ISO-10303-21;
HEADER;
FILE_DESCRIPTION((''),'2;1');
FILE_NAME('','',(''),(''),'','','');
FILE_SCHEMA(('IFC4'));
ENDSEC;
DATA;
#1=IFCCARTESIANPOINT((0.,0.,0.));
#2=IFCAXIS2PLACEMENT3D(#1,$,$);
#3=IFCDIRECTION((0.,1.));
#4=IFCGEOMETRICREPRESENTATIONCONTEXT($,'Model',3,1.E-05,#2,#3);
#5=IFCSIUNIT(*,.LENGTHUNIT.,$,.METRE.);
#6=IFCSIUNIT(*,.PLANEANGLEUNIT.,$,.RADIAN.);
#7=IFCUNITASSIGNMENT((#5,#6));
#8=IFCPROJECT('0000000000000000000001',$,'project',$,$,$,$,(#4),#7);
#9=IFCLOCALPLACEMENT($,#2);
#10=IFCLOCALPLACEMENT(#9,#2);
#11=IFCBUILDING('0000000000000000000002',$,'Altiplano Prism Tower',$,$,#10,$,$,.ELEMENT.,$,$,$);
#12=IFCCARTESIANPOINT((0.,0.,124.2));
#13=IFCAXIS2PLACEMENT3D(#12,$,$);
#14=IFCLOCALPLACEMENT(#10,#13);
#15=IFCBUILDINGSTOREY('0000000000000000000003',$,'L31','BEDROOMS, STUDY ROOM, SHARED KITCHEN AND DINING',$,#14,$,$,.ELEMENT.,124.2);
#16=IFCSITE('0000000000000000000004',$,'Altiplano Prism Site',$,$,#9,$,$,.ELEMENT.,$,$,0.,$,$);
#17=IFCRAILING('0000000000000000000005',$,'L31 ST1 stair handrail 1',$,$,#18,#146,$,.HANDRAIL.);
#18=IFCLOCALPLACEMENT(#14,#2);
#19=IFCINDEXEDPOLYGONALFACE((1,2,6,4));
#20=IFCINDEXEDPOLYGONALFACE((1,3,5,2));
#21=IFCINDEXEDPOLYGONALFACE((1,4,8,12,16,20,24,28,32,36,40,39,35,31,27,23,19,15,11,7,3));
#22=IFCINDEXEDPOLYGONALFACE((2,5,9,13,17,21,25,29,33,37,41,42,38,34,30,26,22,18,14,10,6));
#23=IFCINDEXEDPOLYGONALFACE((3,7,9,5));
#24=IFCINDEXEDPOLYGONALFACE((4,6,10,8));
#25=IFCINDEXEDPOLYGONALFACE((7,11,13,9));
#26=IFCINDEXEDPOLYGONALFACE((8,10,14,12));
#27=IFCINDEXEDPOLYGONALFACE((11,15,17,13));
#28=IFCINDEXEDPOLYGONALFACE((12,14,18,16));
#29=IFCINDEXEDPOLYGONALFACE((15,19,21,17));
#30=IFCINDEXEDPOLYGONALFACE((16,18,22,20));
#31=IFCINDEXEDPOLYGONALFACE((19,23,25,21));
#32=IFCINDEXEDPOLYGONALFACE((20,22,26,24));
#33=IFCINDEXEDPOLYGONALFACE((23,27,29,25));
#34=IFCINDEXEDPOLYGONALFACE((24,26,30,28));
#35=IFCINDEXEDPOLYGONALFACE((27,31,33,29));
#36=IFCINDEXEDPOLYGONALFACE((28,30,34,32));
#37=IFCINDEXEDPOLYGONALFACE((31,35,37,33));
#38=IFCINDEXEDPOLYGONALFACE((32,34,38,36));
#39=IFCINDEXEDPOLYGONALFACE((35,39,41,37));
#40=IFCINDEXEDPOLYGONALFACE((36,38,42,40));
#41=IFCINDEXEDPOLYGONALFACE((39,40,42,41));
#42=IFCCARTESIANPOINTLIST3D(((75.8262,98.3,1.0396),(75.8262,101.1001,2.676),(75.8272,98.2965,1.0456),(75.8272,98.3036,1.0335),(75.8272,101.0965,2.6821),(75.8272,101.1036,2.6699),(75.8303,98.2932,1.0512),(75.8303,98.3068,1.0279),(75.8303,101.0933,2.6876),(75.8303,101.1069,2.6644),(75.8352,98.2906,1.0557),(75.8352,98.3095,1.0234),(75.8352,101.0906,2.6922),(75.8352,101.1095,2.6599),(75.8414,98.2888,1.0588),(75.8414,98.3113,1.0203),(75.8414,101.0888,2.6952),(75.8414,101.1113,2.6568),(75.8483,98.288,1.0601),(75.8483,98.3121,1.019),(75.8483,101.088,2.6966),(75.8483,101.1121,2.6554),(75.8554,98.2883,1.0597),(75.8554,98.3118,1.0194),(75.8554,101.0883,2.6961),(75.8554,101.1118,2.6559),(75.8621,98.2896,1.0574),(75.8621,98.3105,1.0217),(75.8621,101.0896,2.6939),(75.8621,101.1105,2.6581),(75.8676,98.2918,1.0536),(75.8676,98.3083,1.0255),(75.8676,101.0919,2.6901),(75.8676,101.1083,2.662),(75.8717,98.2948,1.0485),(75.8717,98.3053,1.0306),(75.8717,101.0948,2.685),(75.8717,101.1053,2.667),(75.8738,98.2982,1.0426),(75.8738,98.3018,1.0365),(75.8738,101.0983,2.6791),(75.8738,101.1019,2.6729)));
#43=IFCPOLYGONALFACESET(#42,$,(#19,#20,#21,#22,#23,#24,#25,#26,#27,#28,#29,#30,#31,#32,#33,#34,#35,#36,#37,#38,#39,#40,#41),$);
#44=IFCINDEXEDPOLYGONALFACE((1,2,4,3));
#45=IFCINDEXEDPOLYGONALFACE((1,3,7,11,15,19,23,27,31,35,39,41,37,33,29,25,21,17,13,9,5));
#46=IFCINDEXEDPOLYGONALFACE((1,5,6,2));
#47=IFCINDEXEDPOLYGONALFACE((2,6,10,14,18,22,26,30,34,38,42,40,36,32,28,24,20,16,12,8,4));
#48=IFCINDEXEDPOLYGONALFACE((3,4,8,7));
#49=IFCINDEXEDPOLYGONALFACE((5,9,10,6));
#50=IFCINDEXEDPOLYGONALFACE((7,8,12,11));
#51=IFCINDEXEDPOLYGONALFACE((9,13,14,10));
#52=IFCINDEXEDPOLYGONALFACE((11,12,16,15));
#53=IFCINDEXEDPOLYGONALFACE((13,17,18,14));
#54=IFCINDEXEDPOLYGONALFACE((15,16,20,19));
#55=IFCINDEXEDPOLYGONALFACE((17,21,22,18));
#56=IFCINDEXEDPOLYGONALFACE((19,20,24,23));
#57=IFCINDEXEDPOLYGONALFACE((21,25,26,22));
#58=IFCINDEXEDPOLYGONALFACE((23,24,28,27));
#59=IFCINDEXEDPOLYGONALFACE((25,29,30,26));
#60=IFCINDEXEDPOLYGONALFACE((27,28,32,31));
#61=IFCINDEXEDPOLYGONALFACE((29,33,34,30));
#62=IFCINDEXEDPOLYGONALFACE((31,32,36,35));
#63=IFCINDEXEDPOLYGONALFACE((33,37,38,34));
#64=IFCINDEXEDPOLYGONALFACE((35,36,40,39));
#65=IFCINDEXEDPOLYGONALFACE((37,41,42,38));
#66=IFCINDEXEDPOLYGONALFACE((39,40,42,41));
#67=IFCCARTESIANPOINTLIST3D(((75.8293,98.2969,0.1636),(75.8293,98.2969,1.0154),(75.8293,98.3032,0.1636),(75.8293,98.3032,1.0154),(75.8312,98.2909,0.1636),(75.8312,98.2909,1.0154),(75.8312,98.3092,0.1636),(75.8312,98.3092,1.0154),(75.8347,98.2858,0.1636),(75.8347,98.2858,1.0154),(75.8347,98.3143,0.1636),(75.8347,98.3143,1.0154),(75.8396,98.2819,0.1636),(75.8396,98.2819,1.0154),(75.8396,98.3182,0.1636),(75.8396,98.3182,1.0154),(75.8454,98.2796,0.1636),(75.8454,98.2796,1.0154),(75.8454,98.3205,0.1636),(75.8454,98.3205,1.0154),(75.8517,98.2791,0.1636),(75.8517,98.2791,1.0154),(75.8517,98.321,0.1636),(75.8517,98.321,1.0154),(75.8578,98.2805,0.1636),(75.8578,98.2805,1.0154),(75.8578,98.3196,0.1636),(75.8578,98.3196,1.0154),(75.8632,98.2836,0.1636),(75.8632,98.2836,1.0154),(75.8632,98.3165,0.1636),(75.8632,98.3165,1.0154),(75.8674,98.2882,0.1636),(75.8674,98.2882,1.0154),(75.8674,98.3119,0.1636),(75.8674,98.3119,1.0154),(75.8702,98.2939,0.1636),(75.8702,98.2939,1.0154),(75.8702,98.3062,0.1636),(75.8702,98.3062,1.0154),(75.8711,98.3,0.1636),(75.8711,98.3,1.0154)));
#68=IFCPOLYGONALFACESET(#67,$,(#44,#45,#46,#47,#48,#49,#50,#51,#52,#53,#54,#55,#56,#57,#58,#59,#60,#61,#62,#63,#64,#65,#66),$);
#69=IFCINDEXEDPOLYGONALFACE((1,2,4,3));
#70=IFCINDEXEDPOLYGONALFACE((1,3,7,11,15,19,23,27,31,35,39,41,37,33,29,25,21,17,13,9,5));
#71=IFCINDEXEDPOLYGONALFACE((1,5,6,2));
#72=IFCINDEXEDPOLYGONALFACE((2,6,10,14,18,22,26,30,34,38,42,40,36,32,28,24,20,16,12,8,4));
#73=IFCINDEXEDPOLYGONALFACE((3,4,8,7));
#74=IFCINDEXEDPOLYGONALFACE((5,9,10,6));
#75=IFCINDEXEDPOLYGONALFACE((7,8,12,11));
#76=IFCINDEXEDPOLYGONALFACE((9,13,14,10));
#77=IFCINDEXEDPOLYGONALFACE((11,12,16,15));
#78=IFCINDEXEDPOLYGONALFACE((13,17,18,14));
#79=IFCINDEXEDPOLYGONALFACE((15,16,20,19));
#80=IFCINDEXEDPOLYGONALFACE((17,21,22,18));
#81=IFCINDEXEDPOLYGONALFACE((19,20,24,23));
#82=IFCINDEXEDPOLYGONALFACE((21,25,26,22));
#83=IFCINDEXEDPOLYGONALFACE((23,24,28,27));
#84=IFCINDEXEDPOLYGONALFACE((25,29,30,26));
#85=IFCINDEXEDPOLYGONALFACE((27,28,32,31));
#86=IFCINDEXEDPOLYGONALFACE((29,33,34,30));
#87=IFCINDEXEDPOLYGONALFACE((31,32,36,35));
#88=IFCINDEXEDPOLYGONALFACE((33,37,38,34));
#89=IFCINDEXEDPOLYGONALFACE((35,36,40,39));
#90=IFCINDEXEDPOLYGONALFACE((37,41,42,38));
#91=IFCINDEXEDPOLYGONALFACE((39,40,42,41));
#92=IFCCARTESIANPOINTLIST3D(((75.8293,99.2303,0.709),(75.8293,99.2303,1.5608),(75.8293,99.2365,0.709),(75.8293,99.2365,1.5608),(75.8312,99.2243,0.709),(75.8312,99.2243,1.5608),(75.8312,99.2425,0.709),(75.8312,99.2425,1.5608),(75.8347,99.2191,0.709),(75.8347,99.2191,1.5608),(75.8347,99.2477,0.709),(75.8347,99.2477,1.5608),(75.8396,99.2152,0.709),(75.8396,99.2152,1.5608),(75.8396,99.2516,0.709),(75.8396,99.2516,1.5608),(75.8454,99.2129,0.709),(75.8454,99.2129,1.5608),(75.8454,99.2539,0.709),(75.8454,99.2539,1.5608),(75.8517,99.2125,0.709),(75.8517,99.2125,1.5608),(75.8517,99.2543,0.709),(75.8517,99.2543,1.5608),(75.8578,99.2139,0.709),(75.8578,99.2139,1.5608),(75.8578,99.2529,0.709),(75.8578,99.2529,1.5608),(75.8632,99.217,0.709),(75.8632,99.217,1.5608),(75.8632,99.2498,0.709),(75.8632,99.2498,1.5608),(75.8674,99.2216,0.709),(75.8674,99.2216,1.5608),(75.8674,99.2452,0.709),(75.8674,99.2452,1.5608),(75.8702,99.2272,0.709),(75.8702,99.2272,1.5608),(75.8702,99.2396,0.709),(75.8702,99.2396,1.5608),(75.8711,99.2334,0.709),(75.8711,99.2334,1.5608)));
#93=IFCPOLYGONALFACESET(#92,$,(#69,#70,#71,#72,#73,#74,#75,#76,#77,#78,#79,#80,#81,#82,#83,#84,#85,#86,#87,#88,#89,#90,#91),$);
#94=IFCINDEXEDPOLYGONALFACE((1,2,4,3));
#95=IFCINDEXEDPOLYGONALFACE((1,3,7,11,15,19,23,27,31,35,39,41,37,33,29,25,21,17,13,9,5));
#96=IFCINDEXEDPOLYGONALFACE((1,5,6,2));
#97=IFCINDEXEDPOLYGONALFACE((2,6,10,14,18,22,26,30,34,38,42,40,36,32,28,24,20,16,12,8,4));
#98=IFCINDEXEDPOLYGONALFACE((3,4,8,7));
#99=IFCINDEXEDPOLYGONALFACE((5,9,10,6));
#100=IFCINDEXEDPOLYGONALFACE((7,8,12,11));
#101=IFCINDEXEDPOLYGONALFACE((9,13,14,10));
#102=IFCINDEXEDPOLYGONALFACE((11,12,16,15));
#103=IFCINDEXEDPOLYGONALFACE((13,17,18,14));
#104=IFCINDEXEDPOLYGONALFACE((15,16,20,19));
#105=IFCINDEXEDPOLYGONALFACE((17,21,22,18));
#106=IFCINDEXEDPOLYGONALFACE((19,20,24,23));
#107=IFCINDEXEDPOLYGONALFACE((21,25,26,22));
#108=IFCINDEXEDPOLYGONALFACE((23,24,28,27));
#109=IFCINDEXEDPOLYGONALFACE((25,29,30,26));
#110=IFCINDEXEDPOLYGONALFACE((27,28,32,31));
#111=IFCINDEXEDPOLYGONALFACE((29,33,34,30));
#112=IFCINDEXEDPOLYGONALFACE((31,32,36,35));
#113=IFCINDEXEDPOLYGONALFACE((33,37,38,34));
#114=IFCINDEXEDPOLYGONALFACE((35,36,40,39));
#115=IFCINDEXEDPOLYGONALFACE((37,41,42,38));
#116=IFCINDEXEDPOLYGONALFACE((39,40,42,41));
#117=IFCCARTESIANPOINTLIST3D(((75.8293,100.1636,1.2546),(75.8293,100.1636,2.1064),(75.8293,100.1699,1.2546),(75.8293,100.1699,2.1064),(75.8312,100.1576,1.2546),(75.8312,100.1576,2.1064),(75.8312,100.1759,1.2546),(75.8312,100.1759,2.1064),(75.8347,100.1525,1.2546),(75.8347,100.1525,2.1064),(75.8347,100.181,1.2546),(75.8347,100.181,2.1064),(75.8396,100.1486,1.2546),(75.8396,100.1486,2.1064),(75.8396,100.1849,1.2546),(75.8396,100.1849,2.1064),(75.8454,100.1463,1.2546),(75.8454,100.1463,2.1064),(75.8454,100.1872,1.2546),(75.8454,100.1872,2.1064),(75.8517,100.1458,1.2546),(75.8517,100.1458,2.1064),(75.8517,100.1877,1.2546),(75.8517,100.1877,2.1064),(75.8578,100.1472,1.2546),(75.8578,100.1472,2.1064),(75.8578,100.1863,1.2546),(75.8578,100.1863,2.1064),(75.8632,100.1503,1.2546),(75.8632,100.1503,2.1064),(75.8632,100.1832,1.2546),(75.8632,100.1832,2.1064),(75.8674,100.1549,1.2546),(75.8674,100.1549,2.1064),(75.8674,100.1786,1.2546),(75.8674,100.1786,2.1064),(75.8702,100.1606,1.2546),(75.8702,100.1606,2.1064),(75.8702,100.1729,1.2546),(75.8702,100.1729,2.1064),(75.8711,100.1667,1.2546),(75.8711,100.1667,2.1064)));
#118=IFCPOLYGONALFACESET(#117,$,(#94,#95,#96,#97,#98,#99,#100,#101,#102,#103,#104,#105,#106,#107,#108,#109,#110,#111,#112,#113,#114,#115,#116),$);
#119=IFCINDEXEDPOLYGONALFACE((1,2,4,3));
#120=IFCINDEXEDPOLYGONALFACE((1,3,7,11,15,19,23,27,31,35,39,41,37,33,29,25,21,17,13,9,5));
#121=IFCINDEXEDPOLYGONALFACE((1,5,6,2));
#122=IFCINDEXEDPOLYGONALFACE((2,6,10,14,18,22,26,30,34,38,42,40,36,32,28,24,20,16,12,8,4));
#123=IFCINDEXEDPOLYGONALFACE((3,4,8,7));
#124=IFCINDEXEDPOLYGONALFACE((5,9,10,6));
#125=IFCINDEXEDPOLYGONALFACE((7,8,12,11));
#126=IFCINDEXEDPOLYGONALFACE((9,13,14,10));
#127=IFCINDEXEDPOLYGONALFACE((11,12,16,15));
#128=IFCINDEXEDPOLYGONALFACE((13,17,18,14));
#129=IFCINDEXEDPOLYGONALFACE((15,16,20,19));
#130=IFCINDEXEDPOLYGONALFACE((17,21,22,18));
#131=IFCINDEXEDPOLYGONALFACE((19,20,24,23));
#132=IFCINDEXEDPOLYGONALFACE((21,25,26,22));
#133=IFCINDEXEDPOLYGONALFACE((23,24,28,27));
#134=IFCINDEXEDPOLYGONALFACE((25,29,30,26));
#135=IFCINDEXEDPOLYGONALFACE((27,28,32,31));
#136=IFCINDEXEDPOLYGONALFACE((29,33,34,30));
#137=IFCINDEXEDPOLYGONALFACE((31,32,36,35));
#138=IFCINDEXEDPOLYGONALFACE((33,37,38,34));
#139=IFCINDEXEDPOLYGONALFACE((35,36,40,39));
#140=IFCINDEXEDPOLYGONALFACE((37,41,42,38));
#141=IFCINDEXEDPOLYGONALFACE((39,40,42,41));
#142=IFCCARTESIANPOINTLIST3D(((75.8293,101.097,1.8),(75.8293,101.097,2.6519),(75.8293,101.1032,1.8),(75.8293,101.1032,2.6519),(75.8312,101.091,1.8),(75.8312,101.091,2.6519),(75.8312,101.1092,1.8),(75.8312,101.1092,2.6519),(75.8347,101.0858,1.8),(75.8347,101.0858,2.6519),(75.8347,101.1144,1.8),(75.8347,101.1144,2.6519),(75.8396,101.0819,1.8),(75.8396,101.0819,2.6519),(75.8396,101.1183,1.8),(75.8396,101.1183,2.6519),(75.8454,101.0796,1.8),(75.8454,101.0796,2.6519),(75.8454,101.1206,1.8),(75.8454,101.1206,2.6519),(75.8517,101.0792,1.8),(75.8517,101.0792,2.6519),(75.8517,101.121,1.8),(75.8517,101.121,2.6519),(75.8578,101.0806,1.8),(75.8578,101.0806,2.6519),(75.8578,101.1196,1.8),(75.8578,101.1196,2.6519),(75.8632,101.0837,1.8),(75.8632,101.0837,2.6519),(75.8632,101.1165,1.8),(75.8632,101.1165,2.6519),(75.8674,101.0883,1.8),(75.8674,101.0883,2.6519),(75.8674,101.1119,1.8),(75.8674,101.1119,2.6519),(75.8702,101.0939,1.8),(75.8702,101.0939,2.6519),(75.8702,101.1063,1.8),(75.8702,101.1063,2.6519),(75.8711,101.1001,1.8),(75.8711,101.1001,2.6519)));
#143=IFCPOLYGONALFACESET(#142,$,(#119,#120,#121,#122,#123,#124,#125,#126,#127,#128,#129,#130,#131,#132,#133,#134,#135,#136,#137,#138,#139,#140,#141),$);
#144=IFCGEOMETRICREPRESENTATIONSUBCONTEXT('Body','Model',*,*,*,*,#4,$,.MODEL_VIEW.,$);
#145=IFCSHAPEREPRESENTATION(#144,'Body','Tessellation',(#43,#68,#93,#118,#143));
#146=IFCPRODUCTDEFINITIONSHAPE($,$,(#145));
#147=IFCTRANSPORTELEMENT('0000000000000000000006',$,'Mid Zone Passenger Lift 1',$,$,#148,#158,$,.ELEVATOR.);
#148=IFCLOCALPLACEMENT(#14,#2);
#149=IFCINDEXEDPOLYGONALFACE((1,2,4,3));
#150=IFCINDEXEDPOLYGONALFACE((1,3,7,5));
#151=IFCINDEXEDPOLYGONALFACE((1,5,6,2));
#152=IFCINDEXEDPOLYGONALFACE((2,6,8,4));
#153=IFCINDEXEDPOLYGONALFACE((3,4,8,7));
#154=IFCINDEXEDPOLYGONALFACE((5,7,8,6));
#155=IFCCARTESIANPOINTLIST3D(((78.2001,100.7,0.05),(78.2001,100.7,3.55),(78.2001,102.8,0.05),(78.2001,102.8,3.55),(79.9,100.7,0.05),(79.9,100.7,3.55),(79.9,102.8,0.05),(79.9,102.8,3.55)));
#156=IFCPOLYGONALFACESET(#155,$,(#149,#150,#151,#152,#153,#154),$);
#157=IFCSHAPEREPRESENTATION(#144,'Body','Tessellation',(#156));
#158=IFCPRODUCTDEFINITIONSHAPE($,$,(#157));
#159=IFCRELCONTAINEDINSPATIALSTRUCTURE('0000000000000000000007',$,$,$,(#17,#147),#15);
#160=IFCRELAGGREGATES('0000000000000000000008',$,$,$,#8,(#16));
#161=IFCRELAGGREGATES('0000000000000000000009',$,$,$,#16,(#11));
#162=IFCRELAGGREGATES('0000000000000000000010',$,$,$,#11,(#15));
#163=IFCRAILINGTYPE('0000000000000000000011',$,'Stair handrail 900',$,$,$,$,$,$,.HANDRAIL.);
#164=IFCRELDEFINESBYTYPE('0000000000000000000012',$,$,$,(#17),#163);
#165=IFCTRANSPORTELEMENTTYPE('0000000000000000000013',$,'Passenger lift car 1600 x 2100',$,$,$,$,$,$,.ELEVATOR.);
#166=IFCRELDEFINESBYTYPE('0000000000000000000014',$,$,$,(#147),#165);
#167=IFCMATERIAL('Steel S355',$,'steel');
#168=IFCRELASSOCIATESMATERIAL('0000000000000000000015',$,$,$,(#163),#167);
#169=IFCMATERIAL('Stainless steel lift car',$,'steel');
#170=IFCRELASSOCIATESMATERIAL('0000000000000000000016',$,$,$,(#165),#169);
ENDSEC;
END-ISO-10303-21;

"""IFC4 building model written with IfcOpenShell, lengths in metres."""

from ifc_helpers import new_model, si_unit, direction, frame, origin, origin_2d, place, context, subcontext, project, spatial, rectangle, circle, extrude, material, type_object, element, save


model = new_model("IFC4")

# Units and contexts
model_context = context("Model", 3, precision=1e-05, world=origin(), true_north=direction((0.0, 1.0)))
body_context = subcontext(model_context, "Body", "Model", "MODEL_VIEW")
ifc_project = project(units=[si_unit("LENGTHUNIT", "METRE"), si_unit("PLANEANGLEUNIT", "RADIAN")], contexts=[model_context])

# Site, building, storey
site_placement = place(None, origin())
site = spatial("IfcSite", under=ifc_project, at=site_placement, Name="Altiplano Prism Site", CompositionType="ELEMENT", RefElevation=0.0)
building_placement = place(site_placement, origin())
building = spatial("IfcBuilding", under=site, at=building_placement, Name="Altiplano Prism Tower", CompositionType="ELEMENT")
storey_placement = place(building_placement, frame((0.0, 0.0, 124.2)))
storey = spatial("IfcBuildingStorey", under=building, at=storey_placement, Name="L31", Description="BEDROOMS, STUDY ROOM, SHARED KITCHEN AND DINING", CompositionType="ELEMENT", Elevation=124.2)

# Railing
ifc_material_1 = material(Name="Steel S355", Category="steel")
railing_type = type_object("IfcRailingType", Name="Stair handrail 900", PredefinedType="HANDRAIL", material=ifc_material_1)
railing_placement = place(storey_placement, frame((75.8501, 98.3, 0.1636)))
element("IfcRailing", 1, at=railing_placement, inside=storey, type_object=railing_type, Name="L31 ST1 stair handrail 1", PredefinedType="HANDRAIL", context=body_context, shape_type="SweptSolid", body=[
    extrude(circle(Radius=0.0239, at=origin_2d()), frame((0.0, 0.0, 0.876), z_axis=(0.0, 0.863361, 0.504587), x_axis=(-1.0, 0.0, 0.0)), (0.0, 0.0, 1.0), 3.2432),
    extrude(circle(Radius=0.021, at=origin_2d()), origin(), (0.0, 0.0, 1.0), 0.8518),
    extrude(circle(Radius=0.021, at=origin_2d()), frame((0.0, 0.9333, 0.5454)), (0.0, 0.0, 1.0), 0.8518),
    extrude(circle(Radius=0.021, at=origin_2d()), frame((0.0, 1.8667, 1.0911)), (0.0, 0.0, 1.0), 0.8518),
    extrude(circle(Radius=0.021, at=origin_2d()), frame((0.0, 2.8, 1.6365)), (0.0, 0.0, 1.0), 0.8518),
])

# Transport element
ifc_material_2 = material(Name="Stainless steel lift car", Category="steel")
transport_element_type = type_object("IfcTransportElementType", Name="Passenger lift car 1600 x 2100", PredefinedType="ELEVATOR", material=ifc_material_2)
transport_element_placement = place(storey_placement, frame((79.05, 101.75, 0.05), z_axis=(0.0, 0.0, 1.0), x_axis=(1.0, 0.0, 0.0)))
element("IfcTransportElement", 2, at=transport_element_placement, inside=storey, type_object=transport_element_type, Name="Mid Zone Passenger Lift 1", PredefinedType="ELEVATOR", context=body_context, shape_type="SweptSolid", body=[
    extrude(rectangle(XDim=1.7, YDim=2.1001, at=origin_2d()), origin(), (0.0, 0.0, 1.0), 3.5),
])

save(model, "model.ifc")
